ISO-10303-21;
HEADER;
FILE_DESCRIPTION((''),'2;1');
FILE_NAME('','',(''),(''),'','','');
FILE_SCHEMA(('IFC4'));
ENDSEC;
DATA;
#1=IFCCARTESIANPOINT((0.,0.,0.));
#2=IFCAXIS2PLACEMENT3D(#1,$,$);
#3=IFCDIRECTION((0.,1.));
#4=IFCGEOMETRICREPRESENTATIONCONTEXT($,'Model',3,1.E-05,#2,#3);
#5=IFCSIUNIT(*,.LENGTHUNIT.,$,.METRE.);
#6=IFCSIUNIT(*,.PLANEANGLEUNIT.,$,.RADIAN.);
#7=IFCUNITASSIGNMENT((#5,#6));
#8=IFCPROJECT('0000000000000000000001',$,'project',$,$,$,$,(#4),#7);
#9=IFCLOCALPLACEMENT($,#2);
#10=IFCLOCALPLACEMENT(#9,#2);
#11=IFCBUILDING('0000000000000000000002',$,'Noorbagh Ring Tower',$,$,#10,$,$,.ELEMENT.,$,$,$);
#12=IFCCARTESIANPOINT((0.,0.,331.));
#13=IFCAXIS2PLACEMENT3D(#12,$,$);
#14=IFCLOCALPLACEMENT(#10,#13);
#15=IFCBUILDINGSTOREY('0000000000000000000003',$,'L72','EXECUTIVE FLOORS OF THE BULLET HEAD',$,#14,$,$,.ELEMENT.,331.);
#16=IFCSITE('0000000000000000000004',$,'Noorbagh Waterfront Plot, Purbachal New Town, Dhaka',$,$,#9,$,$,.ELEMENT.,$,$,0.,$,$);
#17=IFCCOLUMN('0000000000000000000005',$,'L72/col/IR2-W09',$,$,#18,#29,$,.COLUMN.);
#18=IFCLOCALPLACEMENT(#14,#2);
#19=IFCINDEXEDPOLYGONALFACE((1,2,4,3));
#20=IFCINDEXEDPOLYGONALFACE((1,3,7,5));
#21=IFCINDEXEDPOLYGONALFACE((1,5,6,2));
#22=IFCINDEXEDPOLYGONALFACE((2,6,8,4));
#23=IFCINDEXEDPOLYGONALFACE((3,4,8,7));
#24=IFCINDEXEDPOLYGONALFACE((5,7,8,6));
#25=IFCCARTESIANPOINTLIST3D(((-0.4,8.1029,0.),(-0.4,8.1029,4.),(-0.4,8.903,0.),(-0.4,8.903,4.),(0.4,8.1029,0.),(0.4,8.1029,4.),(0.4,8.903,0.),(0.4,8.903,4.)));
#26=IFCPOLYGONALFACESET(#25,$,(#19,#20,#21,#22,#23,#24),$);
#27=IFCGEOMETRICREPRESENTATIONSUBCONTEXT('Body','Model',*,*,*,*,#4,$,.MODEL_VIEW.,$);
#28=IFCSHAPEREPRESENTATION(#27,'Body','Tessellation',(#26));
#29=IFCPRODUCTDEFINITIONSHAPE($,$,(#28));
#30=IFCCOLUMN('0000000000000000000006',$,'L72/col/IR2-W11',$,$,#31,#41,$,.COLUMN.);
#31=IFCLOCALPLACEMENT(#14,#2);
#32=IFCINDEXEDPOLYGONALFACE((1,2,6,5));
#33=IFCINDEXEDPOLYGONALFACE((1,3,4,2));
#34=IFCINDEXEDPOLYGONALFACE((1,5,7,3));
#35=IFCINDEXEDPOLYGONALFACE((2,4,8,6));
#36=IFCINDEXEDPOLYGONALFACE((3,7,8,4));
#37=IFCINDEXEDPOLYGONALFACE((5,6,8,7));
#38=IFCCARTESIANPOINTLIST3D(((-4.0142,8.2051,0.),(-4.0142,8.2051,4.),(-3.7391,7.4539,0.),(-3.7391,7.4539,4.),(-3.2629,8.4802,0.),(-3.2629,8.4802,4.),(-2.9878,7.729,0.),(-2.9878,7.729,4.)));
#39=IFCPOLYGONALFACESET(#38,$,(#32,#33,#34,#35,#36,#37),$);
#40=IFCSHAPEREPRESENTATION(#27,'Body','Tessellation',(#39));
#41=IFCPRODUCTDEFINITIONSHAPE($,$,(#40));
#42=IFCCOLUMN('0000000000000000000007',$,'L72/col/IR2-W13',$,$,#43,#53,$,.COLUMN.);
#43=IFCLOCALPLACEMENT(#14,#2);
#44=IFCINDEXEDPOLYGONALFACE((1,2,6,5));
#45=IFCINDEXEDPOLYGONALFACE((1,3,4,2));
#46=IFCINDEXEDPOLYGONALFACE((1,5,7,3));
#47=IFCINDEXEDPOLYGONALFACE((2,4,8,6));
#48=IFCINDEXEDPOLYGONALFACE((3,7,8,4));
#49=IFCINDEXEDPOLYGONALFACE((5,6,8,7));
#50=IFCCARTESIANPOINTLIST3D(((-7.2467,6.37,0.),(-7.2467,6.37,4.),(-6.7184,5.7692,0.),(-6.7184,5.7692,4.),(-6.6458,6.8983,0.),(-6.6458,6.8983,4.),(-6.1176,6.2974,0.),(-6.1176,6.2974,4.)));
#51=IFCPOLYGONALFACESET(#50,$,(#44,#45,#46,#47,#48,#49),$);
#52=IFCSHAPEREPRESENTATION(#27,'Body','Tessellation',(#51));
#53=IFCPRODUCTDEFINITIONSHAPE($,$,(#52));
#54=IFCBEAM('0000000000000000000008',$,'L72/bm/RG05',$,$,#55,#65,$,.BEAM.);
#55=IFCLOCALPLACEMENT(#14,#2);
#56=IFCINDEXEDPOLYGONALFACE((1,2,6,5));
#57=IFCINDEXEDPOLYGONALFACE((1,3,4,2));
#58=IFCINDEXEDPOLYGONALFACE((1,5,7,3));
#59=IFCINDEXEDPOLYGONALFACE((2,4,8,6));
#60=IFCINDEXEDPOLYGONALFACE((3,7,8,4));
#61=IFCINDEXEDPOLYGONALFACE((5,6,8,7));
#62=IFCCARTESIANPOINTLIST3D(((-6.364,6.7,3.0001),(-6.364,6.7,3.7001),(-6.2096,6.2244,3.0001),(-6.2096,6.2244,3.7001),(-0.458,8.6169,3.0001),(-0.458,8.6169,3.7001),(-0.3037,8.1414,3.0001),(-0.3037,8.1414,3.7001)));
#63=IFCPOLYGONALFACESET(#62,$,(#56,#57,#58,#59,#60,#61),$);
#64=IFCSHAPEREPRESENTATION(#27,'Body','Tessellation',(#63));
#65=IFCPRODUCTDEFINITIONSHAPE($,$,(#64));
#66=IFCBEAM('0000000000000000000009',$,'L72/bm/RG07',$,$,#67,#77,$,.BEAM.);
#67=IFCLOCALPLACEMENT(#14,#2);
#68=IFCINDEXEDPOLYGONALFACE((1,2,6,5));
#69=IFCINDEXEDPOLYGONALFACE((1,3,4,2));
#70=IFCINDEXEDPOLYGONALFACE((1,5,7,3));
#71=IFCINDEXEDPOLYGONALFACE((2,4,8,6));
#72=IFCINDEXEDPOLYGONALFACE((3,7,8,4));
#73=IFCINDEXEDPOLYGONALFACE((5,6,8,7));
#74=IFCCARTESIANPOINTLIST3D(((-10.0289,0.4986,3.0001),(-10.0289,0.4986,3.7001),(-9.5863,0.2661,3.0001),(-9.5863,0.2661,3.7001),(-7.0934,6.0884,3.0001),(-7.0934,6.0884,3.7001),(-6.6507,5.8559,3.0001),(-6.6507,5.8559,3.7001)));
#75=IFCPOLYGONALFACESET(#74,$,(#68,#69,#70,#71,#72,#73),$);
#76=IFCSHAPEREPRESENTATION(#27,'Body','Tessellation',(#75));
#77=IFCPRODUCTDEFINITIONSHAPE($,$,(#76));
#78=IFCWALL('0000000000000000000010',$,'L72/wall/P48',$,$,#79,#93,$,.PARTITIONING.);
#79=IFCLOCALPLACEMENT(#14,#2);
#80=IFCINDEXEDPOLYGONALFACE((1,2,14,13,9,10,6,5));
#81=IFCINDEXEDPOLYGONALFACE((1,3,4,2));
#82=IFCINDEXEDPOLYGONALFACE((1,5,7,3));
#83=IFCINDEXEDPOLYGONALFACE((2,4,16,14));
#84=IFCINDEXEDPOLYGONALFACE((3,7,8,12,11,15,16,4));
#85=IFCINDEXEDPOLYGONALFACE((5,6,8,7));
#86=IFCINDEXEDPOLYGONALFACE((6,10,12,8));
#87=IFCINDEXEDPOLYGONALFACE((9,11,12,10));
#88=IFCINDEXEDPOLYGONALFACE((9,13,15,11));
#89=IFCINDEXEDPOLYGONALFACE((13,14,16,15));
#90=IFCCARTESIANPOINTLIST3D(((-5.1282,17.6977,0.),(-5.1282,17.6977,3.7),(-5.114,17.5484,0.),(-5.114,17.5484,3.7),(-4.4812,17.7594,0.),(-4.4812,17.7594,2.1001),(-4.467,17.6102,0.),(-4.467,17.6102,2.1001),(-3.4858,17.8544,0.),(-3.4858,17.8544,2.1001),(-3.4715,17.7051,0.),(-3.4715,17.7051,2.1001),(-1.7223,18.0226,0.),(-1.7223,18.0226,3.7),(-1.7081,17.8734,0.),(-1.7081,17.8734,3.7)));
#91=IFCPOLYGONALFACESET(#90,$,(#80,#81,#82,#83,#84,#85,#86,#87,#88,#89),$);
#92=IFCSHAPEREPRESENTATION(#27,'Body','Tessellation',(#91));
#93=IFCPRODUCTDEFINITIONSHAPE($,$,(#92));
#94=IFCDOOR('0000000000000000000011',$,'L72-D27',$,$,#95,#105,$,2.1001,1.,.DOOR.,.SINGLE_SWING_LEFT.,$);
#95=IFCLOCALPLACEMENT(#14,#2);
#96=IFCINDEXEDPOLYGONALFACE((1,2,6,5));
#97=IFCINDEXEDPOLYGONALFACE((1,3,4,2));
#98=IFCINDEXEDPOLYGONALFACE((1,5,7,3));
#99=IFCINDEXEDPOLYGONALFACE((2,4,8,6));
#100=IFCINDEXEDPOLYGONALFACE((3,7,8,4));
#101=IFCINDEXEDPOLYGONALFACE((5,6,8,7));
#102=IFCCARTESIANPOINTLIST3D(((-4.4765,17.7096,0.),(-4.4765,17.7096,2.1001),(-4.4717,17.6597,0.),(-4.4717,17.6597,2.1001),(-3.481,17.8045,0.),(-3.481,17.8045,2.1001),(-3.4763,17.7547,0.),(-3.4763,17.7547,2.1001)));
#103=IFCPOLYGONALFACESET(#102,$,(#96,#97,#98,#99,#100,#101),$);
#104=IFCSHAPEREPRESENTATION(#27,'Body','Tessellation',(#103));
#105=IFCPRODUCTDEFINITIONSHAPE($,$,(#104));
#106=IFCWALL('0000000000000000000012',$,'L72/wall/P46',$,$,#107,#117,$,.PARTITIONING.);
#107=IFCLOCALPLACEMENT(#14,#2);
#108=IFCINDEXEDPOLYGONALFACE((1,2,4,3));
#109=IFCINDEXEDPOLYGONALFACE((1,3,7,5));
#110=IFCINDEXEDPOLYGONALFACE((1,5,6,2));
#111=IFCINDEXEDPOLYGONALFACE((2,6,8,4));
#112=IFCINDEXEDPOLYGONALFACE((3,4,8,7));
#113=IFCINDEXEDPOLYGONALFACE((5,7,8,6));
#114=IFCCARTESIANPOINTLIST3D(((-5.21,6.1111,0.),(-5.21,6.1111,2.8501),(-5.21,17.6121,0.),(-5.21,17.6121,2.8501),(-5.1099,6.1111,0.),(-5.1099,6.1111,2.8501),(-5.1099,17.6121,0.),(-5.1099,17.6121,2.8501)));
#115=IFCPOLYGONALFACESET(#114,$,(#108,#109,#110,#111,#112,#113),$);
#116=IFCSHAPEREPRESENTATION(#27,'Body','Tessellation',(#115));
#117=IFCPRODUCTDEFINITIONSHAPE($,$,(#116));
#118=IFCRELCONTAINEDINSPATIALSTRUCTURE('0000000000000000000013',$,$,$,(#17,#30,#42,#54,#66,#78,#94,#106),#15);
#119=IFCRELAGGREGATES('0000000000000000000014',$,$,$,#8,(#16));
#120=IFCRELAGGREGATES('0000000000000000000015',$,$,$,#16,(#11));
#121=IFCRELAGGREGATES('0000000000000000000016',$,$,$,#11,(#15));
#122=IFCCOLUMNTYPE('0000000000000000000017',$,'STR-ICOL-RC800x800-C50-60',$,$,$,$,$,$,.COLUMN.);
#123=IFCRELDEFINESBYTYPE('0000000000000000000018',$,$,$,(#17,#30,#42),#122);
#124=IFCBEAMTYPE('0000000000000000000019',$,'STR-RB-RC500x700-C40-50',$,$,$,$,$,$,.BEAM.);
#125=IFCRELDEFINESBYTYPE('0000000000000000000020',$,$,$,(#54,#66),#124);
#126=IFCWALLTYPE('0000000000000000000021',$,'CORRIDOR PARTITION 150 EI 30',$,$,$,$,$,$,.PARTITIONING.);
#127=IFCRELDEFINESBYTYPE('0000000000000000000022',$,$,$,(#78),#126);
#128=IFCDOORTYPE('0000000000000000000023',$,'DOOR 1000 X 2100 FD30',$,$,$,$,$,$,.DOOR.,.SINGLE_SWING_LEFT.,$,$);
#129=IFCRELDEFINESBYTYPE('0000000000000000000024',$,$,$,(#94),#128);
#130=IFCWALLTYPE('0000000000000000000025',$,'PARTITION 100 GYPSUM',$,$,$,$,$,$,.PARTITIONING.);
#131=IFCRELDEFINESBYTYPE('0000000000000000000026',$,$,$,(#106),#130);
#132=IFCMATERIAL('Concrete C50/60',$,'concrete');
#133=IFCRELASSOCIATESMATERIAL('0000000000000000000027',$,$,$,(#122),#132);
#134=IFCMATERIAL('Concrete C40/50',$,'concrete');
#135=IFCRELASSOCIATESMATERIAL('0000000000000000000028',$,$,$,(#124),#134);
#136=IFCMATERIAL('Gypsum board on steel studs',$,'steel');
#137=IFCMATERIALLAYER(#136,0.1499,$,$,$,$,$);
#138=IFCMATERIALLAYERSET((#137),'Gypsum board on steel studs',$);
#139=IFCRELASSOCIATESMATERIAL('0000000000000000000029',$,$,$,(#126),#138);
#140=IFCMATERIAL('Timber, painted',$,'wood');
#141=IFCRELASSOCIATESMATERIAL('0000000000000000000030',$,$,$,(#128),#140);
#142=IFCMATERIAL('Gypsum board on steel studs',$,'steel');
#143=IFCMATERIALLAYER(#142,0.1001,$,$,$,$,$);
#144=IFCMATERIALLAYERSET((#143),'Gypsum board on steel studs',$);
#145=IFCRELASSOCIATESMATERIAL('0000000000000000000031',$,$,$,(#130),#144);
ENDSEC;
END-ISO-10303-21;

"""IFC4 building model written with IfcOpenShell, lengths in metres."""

from ifc_helpers import new_model, si_unit, direction, frame, frame_2d, origin, origin_2d, place, context, subcontext, project, spatial, rectangle, extrude, material, layer, layer_set, material_profile, profile_set, type_object, element, fill, save


model = new_model("IFC4")

# Units and contexts
model_context = context("Model", 3, precision=1e-05, world=origin(), true_north=direction((0.0, 1.0)))
body_context = subcontext(model_context, "Body", "Model", "MODEL_VIEW")
ifc_project = project(units=[si_unit("LENGTHUNIT", "METRE"), si_unit("PLANEANGLEUNIT", "RADIAN")], contexts=[model_context])

# Site, building, storey
site_placement = place(None, origin())
site = spatial("IfcSite", under=ifc_project, at=site_placement, Name="Noorbagh Waterfront Plot, Purbachal New Town, Dhaka", CompositionType="ELEMENT", RefElevation=0.0)
building_placement = place(site_placement, origin())
building = spatial("IfcBuilding", under=site, at=building_placement, Name="Noorbagh Ring Tower", CompositionType="ELEMENT")
storey_placement = place(building_placement, frame((0.0, 0.0, 331.0)))
storey = spatial("IfcBuildingStorey", under=building, at=storey_placement, Name="L72", Description="EXECUTIVE FLOORS OF THE BULLET HEAD", CompositionType="ELEMENT", Elevation=331.0)

# Columns
ifc_material_1 = material(Name="Concrete C50/60", Category="concrete")
ifc_material_profile_1 = material_profile(ifc_material_1, rectangle(XDim=0.8, YDim=0.8, at=origin_2d()), Name="RC800x800")
ifc_profile_set_1 = profile_set([ifc_material_profile_1], Name="Concrete C50/60")
column_type = type_object("IfcColumnType", Name="STR-ICOL-RC800x800-C50-60", PredefinedType="COLUMN", material=ifc_profile_set_1)
for number, where, z_axis, x_axis, name in (
    (1, (0.0, 8.5029, 0.0), (0.0, 0.0, 1.0), (-1.0, 0.0, 0.0), "L72/col/IR2-W09"),
    (2, (-3.501, 7.967, 0.0), (0.0, 0.0, 1.0), (-0.93902, -0.343864, 0.0), "L72/col/IR2-W11"),
    (3, (-6.6821, 6.3337, 0.0), (0.0, 0.0, 1.0), (-0.751022, -0.660277, 0.0), "L72/col/IR2-W13"),
):
    element("IfcColumn", number, at=place(storey_placement, frame(where, z_axis=z_axis, x_axis=x_axis)), inside=storey, type_object=column_type, Name=name, PredefinedType="COLUMN", context=body_context, shape_type="SweptSolid", body=[
        extrude(rectangle(XDim=0.8, YDim=0.8, at=origin_2d()), origin(), (0.0, 0.0, 1.0), 4.0),
    ])

# Beams
ifc_material_2 = material(Name="Concrete C40/50", Category="concrete")
ifc_material_profile_2 = material_profile(ifc_material_2, rectangle(XDim=0.5, YDim=0.7, at=origin_2d()), Name="RC500x700")
ifc_profile_set_2 = profile_set([ifc_material_profile_2], Name="Concrete C40/50")
beam_type = type_object("IfcBeamType", Name="STR-RB-RC500x700-C40-50", PredefinedType="BEAM", material=ifc_profile_set_2)
beam_1_placement = place(storey_placement, frame((-0.3809, 8.3792, 3.3501), z_axis=(-0.95115, -0.308728, 0.0), x_axis=(0.308728, -0.95115, 0.0)))
element("IfcBeam", 4, at=beam_1_placement, inside=storey, type_object=beam_type, Name="L72/bm/RG05", PredefinedType="BEAM", context=body_context, shape_type="SweptSolid", body=[
    extrude(rectangle(XDim=0.5, YDim=0.7, at=origin_2d()), origin(), (0.0, 0.0, 1.0), 6.2092),
])
beam_2_placement = place(storey_placement, frame((-6.8721, 5.9722, 3.3501), z_axis=(-0.464943, -0.885341, 0.0), x_axis=(0.885341, -0.464943, 0.0)))
element("IfcBeam", 5, at=beam_2_placement, inside=storey, type_object=beam_type, Name="L72/bm/RG07", PredefinedType="BEAM", context=body_context, shape_type="SweptSolid", body=[
    extrude(rectangle(XDim=0.5, YDim=0.7, at=origin_2d()), origin(), (0.0, 0.0, 1.0), 6.3137),
])

# Wall, opening, door
ifc_material_3 = material(Name="Gypsum board on steel studs", Category="steel")
ifc_layer_1 = layer(ifc_material_3, 0.1499)
ifc_layer_set_1 = layer_set([ifc_layer_1], Name="Gypsum board on steel studs")
wall_type_1 = type_object("IfcWallType", Name="CORRIDOR PARTITION 150 EI 30", PredefinedType="PARTITIONING", material=ifc_layer_set_1)
wall_1_placement = place(storey_placement, frame((-5.1211, 17.623, 0.0), z_axis=(0.0, 0.0, 1.0), x_axis=(0.99548, 0.094974, 0.0)))
wall_1 = element("IfcWall", 6, at=wall_1_placement, inside=storey, type_object=wall_type_1, Name="L72/wall/P48", PredefinedType="PARTITIONING", context=body_context, shape_type="SweptSolid", body=[
    extrude(rectangle(XDim=3.4214, YDim=0.1499, at=frame_2d((1.7107, 0.0))), origin(), (0.0, 0.0, 1.0), 3.7),
])
opening_placement = place(wall_1_placement, frame((0.6499, 0.0, 0.0)))
opening = element("IfcOpeningElement", 7, at=opening_placement, cuts=wall_1, PredefinedType="OPENING", context=body_context, shape_type="SweptSolid", body=[
    extrude(rectangle(XDim=1.0, YDim=2.1001, at=frame_2d((0.5, 1.05))), frame((0.0, 0.085, 0.0), z_axis=(0.0, -1.0, 0.0), x_axis=(1.0, 0.0, 0.0)), (0.0, 0.0, 1.0), 0.1699),
])
ifc_material_4 = material(Name="Timber, painted", Category="wood")
door_type = type_object("IfcDoorType", Name="DOOR 1000 X 2100 FD30", OperationType="SINGLE_SWING_LEFT", PredefinedType="DOOR", material=ifc_material_4)
door_placement = place(opening_placement, origin())
door = element("IfcDoor", 8, at=door_placement, inside=storey, type_object=door_type, Name="L72-D27", OperationType="SINGLE_SWING_LEFT", OverallHeight=2.1001, OverallWidth=1.0, PredefinedType="DOOR", context=body_context, shape_type="SweptSolid", body=[
    extrude(rectangle(XDim=1.0, YDim=2.1001, at=frame_2d((0.5, 1.05))), frame((0.0, 0.0249, 0.0), z_axis=(0.0, -1.0, 0.0), x_axis=(1.0, 0.0, 0.0)), (0.0, 0.0, 1.0), 0.05),
])
fill(opening, door)

# Wall
ifc_material_5 = material(Name="Gypsum board on steel studs", Category="steel")
ifc_layer_2 = layer(ifc_material_5, 0.1001)
ifc_layer_set_2 = layer_set([ifc_layer_2], Name="Gypsum board on steel studs")
wall_type_2 = type_object("IfcWallType", Name="PARTITION 100 GYPSUM", PredefinedType="PARTITIONING", material=ifc_layer_set_2)
wall_2_placement = place(storey_placement, frame((-5.1599, 6.1111, 0.0), z_axis=(0.0, 0.0, 1.0), x_axis=(0.0, 1.0, 0.0)))
element("IfcWall", 9, at=wall_2_placement, inside=storey, type_object=wall_type_2, Name="L72/wall/P46", PredefinedType="PARTITIONING", context=body_context, shape_type="SweptSolid", body=[
    extrude(rectangle(XDim=11.501, YDim=0.1001, at=frame_2d((5.7505, 0.0))), origin(), (0.0, 0.0, 1.0), 2.8501),
])

save(model, "model.ifc")
